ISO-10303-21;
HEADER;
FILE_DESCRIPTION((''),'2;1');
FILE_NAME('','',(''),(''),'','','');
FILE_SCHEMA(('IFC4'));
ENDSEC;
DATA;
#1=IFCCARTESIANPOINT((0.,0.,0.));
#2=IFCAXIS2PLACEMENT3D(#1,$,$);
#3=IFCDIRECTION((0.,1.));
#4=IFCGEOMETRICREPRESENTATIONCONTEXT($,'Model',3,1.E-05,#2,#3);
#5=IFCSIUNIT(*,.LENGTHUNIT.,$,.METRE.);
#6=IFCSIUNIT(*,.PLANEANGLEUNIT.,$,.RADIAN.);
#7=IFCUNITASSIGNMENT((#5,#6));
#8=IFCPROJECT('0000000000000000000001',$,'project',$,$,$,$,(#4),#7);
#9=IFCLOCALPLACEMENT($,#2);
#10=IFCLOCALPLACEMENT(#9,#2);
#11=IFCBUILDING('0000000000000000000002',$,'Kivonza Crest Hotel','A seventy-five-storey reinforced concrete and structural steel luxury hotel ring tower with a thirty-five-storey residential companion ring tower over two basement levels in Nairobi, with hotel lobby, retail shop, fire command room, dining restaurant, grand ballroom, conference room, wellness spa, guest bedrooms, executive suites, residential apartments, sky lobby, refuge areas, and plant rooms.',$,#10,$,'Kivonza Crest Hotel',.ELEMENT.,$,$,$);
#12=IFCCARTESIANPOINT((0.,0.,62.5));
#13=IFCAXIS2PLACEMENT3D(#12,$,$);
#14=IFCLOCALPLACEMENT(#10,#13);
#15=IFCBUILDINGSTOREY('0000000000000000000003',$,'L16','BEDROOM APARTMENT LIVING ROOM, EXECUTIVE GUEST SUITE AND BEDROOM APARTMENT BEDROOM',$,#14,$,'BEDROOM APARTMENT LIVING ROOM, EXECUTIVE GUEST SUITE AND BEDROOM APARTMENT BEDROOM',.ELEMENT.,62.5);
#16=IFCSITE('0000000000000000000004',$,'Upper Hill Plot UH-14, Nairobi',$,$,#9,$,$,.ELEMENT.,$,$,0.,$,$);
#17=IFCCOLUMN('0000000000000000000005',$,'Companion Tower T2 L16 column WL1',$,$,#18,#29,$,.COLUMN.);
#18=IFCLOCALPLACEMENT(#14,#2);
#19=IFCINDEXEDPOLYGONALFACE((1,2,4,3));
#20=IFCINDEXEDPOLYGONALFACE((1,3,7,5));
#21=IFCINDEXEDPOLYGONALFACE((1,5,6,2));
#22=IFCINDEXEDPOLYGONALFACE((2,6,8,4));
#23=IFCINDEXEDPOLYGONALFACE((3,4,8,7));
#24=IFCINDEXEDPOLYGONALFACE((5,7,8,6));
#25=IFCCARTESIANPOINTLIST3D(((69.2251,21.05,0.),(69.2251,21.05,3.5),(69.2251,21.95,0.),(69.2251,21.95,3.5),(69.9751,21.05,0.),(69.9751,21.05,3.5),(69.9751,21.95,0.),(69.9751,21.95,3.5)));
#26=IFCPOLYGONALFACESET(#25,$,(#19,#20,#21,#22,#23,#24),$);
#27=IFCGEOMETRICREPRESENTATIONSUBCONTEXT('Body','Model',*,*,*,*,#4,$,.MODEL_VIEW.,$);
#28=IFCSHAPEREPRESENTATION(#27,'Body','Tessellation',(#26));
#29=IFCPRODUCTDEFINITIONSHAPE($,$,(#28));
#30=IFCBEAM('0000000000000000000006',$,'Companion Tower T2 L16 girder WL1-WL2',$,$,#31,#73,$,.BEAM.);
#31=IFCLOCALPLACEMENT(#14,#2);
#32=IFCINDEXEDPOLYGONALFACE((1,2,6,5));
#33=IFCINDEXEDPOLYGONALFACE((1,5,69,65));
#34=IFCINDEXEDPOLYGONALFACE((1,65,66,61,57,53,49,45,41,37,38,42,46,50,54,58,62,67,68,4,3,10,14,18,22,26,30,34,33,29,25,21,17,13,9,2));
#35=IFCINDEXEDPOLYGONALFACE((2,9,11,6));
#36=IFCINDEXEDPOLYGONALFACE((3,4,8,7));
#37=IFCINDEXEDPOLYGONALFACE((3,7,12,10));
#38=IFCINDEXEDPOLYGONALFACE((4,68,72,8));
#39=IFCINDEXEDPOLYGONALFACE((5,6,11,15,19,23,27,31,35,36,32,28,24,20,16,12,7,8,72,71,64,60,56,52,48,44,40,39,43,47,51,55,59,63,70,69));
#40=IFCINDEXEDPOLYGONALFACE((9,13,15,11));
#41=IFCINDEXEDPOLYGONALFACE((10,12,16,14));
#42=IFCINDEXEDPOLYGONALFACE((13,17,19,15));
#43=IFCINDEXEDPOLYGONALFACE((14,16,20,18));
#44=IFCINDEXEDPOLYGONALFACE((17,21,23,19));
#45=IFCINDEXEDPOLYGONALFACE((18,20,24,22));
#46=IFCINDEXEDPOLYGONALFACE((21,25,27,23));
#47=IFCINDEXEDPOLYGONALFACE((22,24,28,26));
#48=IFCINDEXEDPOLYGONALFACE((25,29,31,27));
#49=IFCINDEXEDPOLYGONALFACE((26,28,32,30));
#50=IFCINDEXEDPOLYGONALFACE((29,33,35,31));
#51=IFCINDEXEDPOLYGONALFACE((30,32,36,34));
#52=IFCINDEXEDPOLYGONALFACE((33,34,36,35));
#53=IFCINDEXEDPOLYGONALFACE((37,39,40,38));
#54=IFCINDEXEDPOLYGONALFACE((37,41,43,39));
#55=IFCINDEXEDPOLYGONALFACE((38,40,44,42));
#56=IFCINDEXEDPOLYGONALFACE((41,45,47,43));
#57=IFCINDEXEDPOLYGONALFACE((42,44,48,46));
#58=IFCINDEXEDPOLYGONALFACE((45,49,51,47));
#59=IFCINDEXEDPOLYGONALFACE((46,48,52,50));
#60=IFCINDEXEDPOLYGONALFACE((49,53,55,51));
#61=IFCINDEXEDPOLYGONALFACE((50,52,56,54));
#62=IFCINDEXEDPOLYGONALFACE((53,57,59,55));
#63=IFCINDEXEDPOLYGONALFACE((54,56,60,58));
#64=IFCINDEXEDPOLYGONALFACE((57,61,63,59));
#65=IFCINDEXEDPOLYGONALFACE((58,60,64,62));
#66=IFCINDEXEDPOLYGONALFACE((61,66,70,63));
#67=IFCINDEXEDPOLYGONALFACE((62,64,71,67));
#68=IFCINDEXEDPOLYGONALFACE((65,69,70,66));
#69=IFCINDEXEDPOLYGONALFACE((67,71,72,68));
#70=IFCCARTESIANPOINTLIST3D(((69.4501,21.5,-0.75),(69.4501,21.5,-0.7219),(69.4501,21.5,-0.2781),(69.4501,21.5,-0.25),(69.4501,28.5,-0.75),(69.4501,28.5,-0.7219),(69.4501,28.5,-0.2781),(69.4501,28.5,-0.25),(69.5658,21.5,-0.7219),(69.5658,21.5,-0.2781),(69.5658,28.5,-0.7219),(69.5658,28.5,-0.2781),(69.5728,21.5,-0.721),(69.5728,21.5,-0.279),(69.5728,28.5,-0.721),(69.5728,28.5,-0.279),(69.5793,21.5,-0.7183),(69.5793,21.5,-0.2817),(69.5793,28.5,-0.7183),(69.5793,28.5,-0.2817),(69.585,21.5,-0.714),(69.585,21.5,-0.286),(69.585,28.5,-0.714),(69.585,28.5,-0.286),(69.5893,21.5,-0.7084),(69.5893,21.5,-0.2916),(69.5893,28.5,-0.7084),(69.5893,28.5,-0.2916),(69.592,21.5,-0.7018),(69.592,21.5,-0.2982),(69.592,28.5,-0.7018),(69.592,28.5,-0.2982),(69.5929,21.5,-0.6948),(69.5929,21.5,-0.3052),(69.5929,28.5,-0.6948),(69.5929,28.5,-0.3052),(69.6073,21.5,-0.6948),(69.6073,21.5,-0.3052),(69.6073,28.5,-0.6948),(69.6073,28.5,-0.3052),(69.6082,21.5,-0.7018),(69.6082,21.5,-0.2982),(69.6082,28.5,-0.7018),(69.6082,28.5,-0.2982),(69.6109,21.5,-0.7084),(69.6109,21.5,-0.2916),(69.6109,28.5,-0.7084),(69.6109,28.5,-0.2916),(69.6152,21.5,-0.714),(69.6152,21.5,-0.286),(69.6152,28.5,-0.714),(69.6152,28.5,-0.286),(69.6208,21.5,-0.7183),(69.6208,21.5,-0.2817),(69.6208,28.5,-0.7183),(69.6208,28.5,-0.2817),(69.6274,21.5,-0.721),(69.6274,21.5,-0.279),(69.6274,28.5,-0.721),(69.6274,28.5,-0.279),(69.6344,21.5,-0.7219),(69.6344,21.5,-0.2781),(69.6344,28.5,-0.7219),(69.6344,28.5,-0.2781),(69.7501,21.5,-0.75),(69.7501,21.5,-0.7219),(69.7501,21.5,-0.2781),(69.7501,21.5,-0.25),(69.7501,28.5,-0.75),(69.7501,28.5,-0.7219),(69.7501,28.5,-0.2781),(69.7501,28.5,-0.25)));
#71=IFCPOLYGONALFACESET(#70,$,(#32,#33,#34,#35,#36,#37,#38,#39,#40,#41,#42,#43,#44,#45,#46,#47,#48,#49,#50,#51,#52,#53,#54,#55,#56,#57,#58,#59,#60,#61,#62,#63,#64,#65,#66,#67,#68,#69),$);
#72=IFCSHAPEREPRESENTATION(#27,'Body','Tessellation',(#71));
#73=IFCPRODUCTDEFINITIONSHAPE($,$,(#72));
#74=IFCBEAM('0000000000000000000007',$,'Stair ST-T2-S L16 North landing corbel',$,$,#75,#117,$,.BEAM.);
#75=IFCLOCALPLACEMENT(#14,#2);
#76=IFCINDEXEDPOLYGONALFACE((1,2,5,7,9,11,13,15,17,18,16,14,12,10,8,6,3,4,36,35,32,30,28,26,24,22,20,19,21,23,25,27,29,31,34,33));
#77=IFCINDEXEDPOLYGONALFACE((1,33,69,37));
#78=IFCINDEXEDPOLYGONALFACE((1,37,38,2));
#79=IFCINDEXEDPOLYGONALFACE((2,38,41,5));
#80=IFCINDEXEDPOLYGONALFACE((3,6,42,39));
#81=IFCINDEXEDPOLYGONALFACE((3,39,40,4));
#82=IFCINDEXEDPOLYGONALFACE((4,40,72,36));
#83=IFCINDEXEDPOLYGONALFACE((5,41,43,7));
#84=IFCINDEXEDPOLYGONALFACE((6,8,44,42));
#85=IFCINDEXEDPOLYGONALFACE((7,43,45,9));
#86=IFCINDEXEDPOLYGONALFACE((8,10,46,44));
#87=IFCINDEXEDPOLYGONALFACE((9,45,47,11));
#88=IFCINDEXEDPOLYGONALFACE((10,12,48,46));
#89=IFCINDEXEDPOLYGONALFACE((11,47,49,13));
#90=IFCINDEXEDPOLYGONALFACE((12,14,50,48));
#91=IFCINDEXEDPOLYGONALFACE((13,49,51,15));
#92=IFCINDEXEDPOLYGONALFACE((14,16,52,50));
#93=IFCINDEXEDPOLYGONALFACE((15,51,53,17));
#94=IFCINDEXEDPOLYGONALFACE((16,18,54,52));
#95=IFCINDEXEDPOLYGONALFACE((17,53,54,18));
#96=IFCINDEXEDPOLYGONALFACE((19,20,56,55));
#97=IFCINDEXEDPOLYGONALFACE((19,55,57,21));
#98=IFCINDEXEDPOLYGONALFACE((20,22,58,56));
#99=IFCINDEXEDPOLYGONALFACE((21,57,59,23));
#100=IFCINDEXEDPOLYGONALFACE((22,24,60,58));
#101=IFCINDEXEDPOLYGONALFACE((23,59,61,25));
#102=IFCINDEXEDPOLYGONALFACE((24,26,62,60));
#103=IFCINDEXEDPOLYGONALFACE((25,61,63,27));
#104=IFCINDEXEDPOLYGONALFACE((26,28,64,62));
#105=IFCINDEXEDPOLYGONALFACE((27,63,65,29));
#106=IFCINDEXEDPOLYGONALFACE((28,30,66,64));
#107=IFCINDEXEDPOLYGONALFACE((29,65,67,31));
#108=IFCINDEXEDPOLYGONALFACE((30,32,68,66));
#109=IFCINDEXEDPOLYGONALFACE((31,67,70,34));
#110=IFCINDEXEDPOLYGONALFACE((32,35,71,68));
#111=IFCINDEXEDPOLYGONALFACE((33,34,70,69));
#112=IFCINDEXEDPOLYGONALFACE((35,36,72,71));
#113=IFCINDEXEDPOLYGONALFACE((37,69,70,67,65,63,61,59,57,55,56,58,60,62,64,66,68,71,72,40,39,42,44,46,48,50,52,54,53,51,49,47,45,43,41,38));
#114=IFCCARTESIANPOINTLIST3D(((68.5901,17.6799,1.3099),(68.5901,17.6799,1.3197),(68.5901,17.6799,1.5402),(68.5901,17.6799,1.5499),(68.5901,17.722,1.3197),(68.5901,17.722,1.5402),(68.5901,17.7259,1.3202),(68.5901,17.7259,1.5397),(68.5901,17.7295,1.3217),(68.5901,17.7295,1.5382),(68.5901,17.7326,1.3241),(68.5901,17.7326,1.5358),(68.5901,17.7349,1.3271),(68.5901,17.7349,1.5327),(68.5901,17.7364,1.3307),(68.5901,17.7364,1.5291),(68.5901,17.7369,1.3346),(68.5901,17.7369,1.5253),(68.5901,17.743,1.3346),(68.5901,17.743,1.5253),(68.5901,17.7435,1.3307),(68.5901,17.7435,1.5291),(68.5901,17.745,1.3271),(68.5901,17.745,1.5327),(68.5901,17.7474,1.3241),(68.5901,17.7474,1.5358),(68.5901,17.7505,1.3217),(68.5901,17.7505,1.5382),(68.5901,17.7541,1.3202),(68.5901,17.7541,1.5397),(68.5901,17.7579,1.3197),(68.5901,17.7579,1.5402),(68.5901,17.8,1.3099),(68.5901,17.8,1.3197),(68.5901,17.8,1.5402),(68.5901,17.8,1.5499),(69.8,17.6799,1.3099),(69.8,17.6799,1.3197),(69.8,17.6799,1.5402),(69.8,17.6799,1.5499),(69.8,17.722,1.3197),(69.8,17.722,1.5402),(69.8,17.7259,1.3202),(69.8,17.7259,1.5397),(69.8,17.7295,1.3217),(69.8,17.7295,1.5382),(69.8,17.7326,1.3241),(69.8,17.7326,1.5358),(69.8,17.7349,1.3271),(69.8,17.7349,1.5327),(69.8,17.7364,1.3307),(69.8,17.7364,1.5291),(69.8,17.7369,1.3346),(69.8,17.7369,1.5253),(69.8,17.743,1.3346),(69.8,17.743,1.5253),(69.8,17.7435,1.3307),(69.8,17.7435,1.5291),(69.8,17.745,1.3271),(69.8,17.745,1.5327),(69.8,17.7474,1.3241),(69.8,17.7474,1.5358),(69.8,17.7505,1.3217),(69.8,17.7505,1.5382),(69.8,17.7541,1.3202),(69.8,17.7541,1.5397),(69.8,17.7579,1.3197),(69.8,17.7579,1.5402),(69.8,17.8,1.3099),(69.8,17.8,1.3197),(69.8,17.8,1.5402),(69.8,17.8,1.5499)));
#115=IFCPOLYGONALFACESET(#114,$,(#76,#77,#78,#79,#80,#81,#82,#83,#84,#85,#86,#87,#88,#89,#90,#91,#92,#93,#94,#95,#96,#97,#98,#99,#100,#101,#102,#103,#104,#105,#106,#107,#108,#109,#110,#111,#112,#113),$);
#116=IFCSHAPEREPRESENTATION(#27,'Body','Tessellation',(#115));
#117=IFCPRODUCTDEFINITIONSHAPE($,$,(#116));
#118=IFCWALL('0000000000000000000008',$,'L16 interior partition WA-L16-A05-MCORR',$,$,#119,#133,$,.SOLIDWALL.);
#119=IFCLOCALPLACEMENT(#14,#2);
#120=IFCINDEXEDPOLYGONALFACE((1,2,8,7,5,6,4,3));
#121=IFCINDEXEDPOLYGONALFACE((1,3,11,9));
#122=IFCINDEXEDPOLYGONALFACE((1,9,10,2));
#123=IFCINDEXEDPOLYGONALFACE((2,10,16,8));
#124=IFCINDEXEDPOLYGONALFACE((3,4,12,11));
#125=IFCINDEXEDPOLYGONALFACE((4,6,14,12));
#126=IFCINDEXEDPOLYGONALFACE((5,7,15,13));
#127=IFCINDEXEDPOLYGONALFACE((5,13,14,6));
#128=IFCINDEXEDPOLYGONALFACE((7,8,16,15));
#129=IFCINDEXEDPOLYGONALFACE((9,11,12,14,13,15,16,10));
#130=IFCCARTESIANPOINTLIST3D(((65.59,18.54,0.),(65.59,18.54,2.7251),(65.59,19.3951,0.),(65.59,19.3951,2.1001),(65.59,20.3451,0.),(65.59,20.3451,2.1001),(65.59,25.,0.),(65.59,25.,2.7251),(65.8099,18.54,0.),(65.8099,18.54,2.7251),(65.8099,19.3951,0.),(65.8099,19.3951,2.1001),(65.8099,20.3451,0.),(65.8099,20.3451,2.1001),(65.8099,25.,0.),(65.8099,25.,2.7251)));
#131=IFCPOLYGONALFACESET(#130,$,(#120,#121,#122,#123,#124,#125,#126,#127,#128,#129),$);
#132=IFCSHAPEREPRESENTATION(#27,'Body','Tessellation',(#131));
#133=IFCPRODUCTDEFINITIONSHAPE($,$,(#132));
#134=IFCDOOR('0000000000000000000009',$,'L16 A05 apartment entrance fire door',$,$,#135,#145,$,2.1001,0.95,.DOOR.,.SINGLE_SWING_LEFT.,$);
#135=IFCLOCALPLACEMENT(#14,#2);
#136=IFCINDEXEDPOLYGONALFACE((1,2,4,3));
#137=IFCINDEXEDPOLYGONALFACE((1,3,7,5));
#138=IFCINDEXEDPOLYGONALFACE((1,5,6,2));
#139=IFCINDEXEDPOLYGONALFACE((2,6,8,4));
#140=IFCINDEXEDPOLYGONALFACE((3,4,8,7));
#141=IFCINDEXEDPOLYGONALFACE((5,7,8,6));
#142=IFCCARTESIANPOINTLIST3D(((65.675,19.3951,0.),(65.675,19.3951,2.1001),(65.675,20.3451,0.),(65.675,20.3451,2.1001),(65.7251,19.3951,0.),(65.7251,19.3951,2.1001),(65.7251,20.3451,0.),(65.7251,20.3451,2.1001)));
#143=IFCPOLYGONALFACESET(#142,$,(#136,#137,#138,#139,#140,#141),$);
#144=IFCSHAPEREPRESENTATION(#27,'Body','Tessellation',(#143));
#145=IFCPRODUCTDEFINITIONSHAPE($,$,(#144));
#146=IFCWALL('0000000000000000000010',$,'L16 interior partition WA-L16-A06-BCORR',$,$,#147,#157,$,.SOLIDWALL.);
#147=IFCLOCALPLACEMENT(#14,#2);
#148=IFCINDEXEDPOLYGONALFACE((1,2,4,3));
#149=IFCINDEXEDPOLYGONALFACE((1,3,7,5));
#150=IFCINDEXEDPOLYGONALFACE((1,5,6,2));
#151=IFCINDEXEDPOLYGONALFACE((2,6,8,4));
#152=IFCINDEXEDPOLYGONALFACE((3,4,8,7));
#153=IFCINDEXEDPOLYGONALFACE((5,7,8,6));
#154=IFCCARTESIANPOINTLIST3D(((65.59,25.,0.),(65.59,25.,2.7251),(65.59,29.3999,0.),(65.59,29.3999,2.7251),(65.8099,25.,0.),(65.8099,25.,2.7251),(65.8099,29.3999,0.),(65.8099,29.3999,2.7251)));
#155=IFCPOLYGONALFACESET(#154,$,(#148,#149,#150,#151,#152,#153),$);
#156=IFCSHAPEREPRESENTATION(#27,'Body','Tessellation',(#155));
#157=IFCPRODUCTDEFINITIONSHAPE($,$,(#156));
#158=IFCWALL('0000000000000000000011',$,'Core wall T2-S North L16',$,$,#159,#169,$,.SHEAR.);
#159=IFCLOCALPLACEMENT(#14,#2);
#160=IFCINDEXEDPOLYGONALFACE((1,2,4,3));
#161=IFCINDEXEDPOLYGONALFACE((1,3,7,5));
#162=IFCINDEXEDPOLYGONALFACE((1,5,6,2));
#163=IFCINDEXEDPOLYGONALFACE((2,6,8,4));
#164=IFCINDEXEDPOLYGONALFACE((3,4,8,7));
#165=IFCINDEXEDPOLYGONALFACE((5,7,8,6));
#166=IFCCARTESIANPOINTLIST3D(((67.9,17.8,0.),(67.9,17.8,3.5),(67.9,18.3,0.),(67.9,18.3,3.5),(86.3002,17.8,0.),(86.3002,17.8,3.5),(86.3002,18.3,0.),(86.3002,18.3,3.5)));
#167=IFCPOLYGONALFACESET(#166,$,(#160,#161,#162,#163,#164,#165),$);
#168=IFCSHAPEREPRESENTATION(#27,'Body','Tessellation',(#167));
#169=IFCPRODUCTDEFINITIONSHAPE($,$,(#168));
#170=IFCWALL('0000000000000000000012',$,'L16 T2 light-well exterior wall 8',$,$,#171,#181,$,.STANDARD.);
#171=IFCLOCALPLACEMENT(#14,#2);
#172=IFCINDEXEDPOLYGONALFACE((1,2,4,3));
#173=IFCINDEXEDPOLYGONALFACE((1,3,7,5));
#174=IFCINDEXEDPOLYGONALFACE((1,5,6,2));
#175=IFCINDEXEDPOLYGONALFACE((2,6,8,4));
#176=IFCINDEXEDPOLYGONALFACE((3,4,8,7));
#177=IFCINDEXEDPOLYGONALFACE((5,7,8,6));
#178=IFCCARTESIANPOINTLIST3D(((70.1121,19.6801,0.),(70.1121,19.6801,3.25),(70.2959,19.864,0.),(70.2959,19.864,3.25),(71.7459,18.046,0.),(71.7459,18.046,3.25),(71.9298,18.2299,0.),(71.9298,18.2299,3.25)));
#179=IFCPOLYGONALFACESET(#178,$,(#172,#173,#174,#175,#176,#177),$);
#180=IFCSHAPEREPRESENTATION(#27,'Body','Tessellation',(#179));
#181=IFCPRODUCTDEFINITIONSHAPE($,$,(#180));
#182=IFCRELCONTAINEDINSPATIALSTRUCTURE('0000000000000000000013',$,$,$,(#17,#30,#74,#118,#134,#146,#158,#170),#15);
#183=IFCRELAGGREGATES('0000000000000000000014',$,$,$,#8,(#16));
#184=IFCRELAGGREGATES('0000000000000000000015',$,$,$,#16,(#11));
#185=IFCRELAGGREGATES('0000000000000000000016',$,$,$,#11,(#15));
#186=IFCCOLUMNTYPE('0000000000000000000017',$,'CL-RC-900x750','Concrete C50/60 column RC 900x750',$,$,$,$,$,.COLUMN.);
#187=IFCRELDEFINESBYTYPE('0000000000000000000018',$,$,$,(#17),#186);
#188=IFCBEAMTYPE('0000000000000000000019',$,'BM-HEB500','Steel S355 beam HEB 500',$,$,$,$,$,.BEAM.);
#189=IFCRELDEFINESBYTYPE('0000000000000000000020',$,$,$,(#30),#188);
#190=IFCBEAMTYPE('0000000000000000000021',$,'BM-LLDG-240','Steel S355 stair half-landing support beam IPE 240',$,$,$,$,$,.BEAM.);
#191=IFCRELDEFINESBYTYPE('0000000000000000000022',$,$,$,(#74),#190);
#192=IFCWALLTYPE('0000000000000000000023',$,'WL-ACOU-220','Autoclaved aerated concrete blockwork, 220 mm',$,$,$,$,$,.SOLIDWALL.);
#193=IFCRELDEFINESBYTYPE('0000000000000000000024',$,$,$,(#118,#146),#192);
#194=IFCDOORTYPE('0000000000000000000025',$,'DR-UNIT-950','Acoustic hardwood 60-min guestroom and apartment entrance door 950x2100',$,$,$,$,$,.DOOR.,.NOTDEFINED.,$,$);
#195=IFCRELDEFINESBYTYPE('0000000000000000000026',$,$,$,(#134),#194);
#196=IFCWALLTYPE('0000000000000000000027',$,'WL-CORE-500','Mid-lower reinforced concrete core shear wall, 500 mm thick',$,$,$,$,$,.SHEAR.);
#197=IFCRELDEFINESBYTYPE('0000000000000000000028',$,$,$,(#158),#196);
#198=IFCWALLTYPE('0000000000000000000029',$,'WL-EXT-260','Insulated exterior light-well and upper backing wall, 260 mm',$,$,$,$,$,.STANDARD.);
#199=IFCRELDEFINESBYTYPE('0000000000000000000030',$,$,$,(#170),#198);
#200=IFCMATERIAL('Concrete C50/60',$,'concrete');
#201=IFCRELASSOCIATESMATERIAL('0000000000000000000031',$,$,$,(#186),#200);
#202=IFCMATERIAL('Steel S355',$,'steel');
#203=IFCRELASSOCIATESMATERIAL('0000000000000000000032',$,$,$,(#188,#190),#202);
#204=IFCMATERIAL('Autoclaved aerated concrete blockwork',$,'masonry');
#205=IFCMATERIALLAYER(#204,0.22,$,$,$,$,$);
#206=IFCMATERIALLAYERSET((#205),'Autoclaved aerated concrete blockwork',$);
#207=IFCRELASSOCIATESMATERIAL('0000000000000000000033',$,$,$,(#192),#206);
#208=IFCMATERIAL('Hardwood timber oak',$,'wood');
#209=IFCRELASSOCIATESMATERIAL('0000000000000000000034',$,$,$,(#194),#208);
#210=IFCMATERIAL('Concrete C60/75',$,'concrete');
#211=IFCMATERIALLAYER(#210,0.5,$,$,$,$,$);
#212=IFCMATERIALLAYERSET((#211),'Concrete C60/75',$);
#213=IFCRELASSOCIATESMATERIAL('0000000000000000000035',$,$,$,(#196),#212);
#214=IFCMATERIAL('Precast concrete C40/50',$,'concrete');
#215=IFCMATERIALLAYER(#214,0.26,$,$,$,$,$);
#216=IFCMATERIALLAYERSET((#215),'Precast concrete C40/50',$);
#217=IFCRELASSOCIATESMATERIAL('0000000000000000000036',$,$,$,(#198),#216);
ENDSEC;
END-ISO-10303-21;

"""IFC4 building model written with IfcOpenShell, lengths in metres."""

from ifc_helpers import new_model, si_unit, direction, frame, frame_2d, origin, origin_2d, place, context, subcontext, project, spatial, rectangle, i_section, extrude, material, layer, layer_set, material_profile, profile_set, type_object, element, fill, save


model = new_model("IFC4")

# Units and contexts
model_context = context("Model", 3, precision=1e-05, world=origin(), true_north=direction((0.0, 1.0)))
body_context = subcontext(model_context, "Body", "Model", "MODEL_VIEW")
ifc_project = project(units=[si_unit("LENGTHUNIT", "METRE"), si_unit("PLANEANGLEUNIT", "RADIAN")], contexts=[model_context])

# Site, building, storey
site_placement = place(None, origin())
site = spatial("IfcSite", under=ifc_project, at=site_placement, Name="Upper Hill Plot UH-14, Nairobi", CompositionType="ELEMENT", RefElevation=0.0)
building_placement = place(site_placement, origin())
building = spatial("IfcBuilding", under=site, at=building_placement, Name="Kivonza Crest Hotel", Description="A seventy-five-storey reinforced concrete and structural steel luxury hotel ring tower with a thirty-five-storey residential companion ring tower over two basement levels in Nairobi, with hotel lobby, retail shop, fire command room, dining restaurant, grand ballroom, conference room, wellness spa, guest bedrooms, executive suites, residential apartments, sky lobby, refuge areas, and plant rooms.", LongName="Kivonza Crest Hotel", CompositionType="ELEMENT")
storey_placement = place(building_placement, frame((0.0, 0.0, 62.5)))
storey = spatial("IfcBuildingStorey", under=building, at=storey_placement, Name="L16", Description="BEDROOM APARTMENT LIVING ROOM, EXECUTIVE GUEST SUITE AND BEDROOM APARTMENT BEDROOM", LongName="BEDROOM APARTMENT LIVING ROOM, EXECUTIVE GUEST SUITE AND BEDROOM APARTMENT BEDROOM", CompositionType="ELEMENT", Elevation=62.5)

# Column
ifc_material_1 = material(Name="Concrete C50/60", Category="concrete")
ifc_material_profile_1 = material_profile(ifc_material_1, rectangle(XDim=0.75, YDim=0.8999, at=origin_2d()), Name="RC 900x750")
ifc_profile_set_1 = profile_set([ifc_material_profile_1], Name="Concrete C50/60")
column_type = type_object("IfcColumnType", Name="CL-RC-900x750", Description="Concrete C50/60 column RC 900x750", PredefinedType="COLUMN", material=ifc_profile_set_1)
column_placement = place(storey_placement, frame((69.6001, 21.5, 0.0), z_axis=(0.0, 0.0, 1.0), x_axis=(1.0, 0.0, 0.0)))
element("IfcColumn", 1, at=column_placement, inside=storey, type_object=column_type, Name="Companion Tower T2 L16 column WL1", PredefinedType="COLUMN", context=body_context, shape_type="SweptSolid", body=[
    extrude(rectangle(XDim=0.75, YDim=0.8999, at=origin_2d()), origin(), (0.0, 0.0, 1.0), 3.5),
])

# Beams
ifc_material_2 = material(Name="Steel S355", Category="steel")
ifc_material_profile_2 = material_profile(ifc_material_2, i_section(OverallWidth=0.3, OverallDepth=0.5, WebThickness=0.0144, FlangeThickness=0.0281, FilletRadius=0.0271, at=origin_2d()), Name="HEB 500")
ifc_profile_set_2 = profile_set([ifc_material_profile_2], Name="Steel S355")
beam_type_1 = type_object("IfcBeamType", Name="BM-HEB500", Description="Steel S355 beam HEB 500", PredefinedType="BEAM", material=ifc_profile_set_2)
beam_1_placement = place(storey_placement, frame((69.6001, 21.5, -0.5), z_axis=(0.0, 1.0, 0.0), x_axis=(-1.0, 0.0, 0.0)))
element("IfcBeam", 2, at=beam_1_placement, inside=storey, type_object=beam_type_1, Name="Companion Tower T2 L16 girder WL1-WL2", PredefinedType="BEAM", context=body_context, shape_type="SweptSolid", body=[
    extrude(i_section(OverallWidth=0.3, OverallDepth=0.5, WebThickness=0.0144, FlangeThickness=0.0281, FilletRadius=0.0271, at=origin_2d()), origin(), (0.0, 0.0, 1.0), 7.0),
])
ifc_material_profile_3 = material_profile(ifc_material_2, i_section(OverallWidth=0.1201, OverallDepth=0.24, WebThickness=0.0061, FlangeThickness=0.0098, FilletRadius=0.0149, at=origin_2d()), Name="IPE 240")
ifc_profile_set_3 = profile_set([ifc_material_profile_3], Name="Steel S355")
beam_type_2 = type_object("IfcBeamType", Name="BM-LLDG-240", Description="Steel S355 stair half-landing support beam IPE 240", PredefinedType="BEAM", material=ifc_profile_set_3)
beam_2_placement = place(storey_placement, frame((68.5901, 17.74, 1.4299), z_axis=(1.0, 0.0, 0.0), x_axis=(0.0, 1.0, 0.0)))
element("IfcBeam", 3, at=beam_2_placement, inside=storey, type_object=beam_type_2, Name="Stair ST-T2-S L16 North landing corbel", PredefinedType="BEAM", context=body_context, shape_type="SweptSolid", body=[
    extrude(i_section(OverallWidth=0.1201, OverallDepth=0.24, WebThickness=0.0061, FlangeThickness=0.0098, FilletRadius=0.0149, at=origin_2d()), origin(), (0.0, 0.0, 1.0), 1.21),
])

# Wall, opening, door
ifc_material_3 = material(Name="Autoclaved aerated concrete blockwork", Category="masonry")
ifc_layer_1 = layer(ifc_material_3, 0.22)
ifc_layer_set_1 = layer_set([ifc_layer_1], Name="Autoclaved aerated concrete blockwork")
wall_type_1 = type_object("IfcWallType", Name="WL-ACOU-220", Description="Autoclaved aerated concrete blockwork, 220 mm", PredefinedType="SOLIDWALL", material=ifc_layer_set_1)
wall_1_placement = place(storey_placement, frame((65.7, 18.54, 0.0), z_axis=(0.0, 0.0, 1.0), x_axis=(0.0, 1.0, 0.0)))
wall_1 = element("IfcWall", 4, at=wall_1_placement, inside=storey, type_object=wall_type_1, Name="L16 interior partition WA-L16-A05-MCORR", PredefinedType="SOLIDWALL", context=body_context, shape_type="SweptSolid", body=[
    extrude(rectangle(XDim=6.46, YDim=0.22, at=frame_2d((3.23, 0.0))), origin(), (0.0, 0.0, 1.0), 2.7251),
])
opening_placement = place(wall_1_placement, frame((0.855, 0.0, 0.0)))
opening = element("IfcOpeningElement", 5, at=opening_placement, cuts=wall_1, PredefinedType="OPENING", context=body_context, shape_type="SweptSolid", body=[
    extrude(rectangle(XDim=0.95, YDim=2.1001, at=frame_2d((0.4751, 1.05))), frame((0.0, 0.1201, 0.0), z_axis=(0.0, -1.0, 0.0), x_axis=(1.0, 0.0, 0.0)), (0.0, 0.0, 1.0), 0.24),
])
ifc_material_4 = material(Name="Hardwood timber oak", Category="wood")
door_type = type_object("IfcDoorType", Name="DR-UNIT-950", Description="Acoustic hardwood 60-min guestroom and apartment entrance door 950x2100", OperationType="NOTDEFINED", PredefinedType="DOOR", material=ifc_material_4)
door_placement = place(opening_placement, origin())
door = element("IfcDoor", 6, at=door_placement, inside=storey, type_object=door_type, Name="L16 A05 apartment entrance fire door", OperationType="SINGLE_SWING_LEFT", OverallHeight=2.1001, OverallWidth=0.95, PredefinedType="DOOR", context=body_context, shape_type="SweptSolid", body=[
    extrude(rectangle(XDim=0.95, YDim=2.1001, at=frame_2d((0.4751, 1.05))), frame((0.0, 0.0249, 0.0), z_axis=(0.0, -1.0, 0.0), x_axis=(1.0, 0.0, 0.0)), (0.0, 0.0, 1.0), 0.05),
])
fill(opening, door)

# Walls
wall_2_placement = place(storey_placement, frame((65.7, 25.0, 0.0), z_axis=(0.0, 0.0, 1.0), x_axis=(0.0, 1.0, 0.0)))
element("IfcWall", 7, at=wall_2_placement, inside=storey, type_object=wall_type_1, Name="L16 interior partition WA-L16-A06-BCORR", PredefinedType="SOLIDWALL", context=body_context, shape_type="SweptSolid", body=[
    extrude(rectangle(XDim=4.3999, YDim=0.22, at=frame_2d((2.2, 0.0))), origin(), (0.0, 0.0, 1.0), 2.7251),
])
ifc_material_5 = material(Name="Concrete C60/75", Category="concrete")
ifc_layer_2 = layer(ifc_material_5, 0.5)
ifc_layer_set_2 = layer_set([ifc_layer_2], Name="Concrete C60/75")
wall_type_2 = type_object("IfcWallType", Name="WL-CORE-500", Description="Mid-lower reinforced concrete core shear wall, 500 mm thick", PredefinedType="SHEAR", material=ifc_layer_set_2)
wall_3_placement = place(storey_placement, frame((67.8999, 18.05, 0.0), z_axis=(0.0, 0.0, 1.0), x_axis=(1.0, 0.0, 0.0)))
element("IfcWall", 8, at=wall_3_placement, inside=storey, type_object=wall_type_2, Name="Core wall T2-S North L16", PredefinedType="SHEAR", context=body_context, shape_type="SweptSolid", body=[
    extrude(rectangle(XDim=18.4001, YDim=0.5, at=frame_2d((9.2002, 0.0))), origin(), (0.0, 0.0, 1.0), 3.5),
])
ifc_material_6 = material(Name="Precast concrete C40/50", Category="concrete")
ifc_layer_3 = layer(ifc_material_6, 0.26)
ifc_layer_set_3 = layer_set([ifc_layer_3], Name="Precast concrete C40/50")
wall_type_3 = type_object("IfcWallType", Name="WL-EXT-260", Description="Insulated exterior light-well and upper backing wall, 260 mm", PredefinedType="STANDARD", material=ifc_layer_set_3)
wall_4_placement = place(storey_placement, frame((70.2041, 19.772, 0.0), z_axis=(0.0, 0.0, 1.0), x_axis=(0.707054, -0.70716, 0.0)))
element("IfcWall", 9, at=wall_4_placement, inside=storey, type_object=wall_type_3, Name="L16 T2 light-well exterior wall 8", PredefinedType="STANDARD", context=body_context, shape_type="SweptSolid", body=[
    extrude(rectangle(XDim=2.3108, YDim=0.26, at=frame_2d((1.1553, 0.0))), origin(), (0.0, 0.0, 1.0), 3.25),
])

save(model, "model.ifc")
